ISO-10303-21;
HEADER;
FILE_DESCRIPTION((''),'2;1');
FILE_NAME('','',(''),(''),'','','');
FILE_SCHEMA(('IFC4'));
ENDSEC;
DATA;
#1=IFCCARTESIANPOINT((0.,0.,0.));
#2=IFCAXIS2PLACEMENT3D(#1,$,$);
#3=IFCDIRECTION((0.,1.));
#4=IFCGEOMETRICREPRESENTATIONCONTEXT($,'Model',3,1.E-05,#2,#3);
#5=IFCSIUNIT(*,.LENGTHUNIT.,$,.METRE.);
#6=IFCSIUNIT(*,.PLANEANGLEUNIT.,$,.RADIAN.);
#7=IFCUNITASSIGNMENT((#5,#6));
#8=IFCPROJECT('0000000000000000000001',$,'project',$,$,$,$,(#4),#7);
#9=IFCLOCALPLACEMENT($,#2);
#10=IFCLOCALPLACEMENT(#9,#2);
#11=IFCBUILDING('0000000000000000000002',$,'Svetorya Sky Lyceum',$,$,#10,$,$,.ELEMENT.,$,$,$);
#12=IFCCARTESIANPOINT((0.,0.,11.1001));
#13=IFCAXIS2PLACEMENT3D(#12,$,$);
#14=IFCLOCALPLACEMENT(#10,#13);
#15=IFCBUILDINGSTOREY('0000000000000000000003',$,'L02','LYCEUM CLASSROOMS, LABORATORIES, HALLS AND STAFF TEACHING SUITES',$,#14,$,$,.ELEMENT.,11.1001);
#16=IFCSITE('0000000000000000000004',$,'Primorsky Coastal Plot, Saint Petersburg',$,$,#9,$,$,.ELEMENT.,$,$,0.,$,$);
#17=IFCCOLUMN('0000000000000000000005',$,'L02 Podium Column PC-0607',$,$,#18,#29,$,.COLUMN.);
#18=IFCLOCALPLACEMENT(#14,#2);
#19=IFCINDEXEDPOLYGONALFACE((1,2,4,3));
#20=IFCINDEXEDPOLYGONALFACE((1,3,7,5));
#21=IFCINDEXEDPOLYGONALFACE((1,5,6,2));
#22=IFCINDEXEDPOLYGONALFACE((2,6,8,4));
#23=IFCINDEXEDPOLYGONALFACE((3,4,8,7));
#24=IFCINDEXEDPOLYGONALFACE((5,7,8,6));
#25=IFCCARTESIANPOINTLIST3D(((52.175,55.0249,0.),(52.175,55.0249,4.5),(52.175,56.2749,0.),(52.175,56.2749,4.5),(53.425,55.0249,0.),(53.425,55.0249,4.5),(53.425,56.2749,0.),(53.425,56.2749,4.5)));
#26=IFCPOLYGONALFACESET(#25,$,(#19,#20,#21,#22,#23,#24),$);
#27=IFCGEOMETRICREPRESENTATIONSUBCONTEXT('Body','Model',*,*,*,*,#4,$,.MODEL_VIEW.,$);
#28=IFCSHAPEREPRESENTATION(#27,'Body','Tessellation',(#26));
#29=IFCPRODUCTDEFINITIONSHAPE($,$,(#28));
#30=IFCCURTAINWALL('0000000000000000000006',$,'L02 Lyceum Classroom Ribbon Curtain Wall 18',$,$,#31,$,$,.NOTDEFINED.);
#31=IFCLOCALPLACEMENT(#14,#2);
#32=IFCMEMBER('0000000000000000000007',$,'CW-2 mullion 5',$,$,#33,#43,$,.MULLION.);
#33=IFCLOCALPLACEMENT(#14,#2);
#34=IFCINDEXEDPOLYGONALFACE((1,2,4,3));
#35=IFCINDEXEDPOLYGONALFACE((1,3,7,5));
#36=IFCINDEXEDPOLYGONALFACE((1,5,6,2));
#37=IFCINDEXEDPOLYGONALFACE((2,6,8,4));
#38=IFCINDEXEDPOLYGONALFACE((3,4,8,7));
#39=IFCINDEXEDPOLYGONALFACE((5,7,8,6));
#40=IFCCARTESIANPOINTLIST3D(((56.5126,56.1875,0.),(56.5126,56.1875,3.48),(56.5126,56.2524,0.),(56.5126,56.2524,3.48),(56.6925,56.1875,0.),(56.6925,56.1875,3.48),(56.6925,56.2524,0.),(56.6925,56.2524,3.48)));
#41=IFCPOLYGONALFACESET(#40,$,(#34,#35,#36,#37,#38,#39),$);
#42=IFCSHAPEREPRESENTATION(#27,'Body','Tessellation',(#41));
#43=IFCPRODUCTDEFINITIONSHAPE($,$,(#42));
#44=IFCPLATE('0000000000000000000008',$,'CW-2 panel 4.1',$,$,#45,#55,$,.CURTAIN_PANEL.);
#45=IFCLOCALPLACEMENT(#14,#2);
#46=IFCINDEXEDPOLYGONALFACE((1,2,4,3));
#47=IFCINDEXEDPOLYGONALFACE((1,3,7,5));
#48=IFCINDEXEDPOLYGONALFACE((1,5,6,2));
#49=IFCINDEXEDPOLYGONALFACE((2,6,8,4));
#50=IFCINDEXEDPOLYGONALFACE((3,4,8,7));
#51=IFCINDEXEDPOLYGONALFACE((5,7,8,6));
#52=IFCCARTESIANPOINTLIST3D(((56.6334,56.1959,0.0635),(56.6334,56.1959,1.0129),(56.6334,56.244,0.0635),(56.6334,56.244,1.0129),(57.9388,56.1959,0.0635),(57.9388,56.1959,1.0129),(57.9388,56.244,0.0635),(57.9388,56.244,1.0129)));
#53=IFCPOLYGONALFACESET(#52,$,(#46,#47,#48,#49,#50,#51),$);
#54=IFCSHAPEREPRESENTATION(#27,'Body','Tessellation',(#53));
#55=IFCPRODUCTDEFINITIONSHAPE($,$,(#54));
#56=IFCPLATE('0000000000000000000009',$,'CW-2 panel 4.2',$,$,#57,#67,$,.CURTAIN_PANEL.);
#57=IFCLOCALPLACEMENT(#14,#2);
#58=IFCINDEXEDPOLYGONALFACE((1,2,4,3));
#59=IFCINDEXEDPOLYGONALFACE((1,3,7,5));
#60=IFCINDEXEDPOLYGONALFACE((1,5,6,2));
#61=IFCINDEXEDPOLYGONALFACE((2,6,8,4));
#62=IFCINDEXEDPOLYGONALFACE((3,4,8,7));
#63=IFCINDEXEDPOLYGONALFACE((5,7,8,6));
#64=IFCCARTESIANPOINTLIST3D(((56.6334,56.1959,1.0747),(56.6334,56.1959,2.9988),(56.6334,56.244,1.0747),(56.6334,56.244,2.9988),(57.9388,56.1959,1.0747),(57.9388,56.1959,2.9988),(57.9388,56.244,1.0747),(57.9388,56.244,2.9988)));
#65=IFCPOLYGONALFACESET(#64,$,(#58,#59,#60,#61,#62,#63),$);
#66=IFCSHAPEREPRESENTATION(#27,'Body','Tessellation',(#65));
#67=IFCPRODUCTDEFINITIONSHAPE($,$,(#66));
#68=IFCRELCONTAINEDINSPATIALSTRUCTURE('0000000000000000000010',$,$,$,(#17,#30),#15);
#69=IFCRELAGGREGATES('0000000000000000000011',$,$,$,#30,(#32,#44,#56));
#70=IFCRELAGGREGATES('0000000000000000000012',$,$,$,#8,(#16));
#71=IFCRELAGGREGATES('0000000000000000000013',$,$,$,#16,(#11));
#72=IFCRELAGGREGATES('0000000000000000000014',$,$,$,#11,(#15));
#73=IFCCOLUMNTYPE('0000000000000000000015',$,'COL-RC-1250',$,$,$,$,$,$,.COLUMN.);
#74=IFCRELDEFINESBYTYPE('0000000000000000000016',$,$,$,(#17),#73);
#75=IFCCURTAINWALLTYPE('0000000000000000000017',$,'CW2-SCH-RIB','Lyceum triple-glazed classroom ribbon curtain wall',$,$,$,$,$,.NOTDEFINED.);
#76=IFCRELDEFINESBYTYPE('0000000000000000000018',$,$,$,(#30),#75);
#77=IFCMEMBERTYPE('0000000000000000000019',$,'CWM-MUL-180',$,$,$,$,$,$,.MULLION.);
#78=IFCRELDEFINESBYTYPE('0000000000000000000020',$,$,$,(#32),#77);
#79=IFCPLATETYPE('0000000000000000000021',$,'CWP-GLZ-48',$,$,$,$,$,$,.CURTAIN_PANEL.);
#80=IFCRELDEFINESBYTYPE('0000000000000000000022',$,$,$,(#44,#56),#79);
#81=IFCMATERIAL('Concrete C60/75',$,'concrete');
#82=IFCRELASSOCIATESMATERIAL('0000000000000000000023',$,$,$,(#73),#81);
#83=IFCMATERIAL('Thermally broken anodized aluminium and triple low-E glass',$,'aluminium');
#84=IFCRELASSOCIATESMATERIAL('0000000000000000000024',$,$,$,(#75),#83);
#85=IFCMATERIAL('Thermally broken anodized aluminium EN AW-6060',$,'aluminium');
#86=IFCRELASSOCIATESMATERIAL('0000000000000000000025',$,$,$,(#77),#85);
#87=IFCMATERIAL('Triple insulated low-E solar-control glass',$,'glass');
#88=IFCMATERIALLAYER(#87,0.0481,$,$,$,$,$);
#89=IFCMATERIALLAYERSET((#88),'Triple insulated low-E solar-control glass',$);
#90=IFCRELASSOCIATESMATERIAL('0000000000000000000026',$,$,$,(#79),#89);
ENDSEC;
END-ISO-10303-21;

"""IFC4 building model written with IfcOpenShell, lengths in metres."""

from ifc_helpers import new_model, si_unit, direction, frame, origin, origin_2d, place, context, subcontext, project, spatial, rectangle, extrude, material, layer, layer_set, material_profile, profile_set, type_object, element, aggregate, save


model = new_model("IFC4")

# Units and contexts
model_context = context("Model", 3, precision=1e-05, world=origin(), true_north=direction((0.0, 1.0)))
body_context = subcontext(model_context, "Body", "Model", "MODEL_VIEW")
ifc_project = project(units=[si_unit("LENGTHUNIT", "METRE"), si_unit("PLANEANGLEUNIT", "RADIAN")], contexts=[model_context])

# Site, building, storey
site_placement = place(None, origin())
site = spatial("IfcSite", under=ifc_project, at=site_placement, Name="Primorsky Coastal Plot, Saint Petersburg", CompositionType="ELEMENT", RefElevation=0.0)
building_placement = place(site_placement, origin())
building = spatial("IfcBuilding", under=site, at=building_placement, Name="Svetorya Sky Lyceum", CompositionType="ELEMENT")
storey_placement = place(building_placement, frame((0.0, 0.0, 11.1001)))
storey = spatial("IfcBuildingStorey", under=building, at=storey_placement, Name="L02", Description="LYCEUM CLASSROOMS, LABORATORIES, HALLS AND STAFF TEACHING SUITES", CompositionType="ELEMENT", Elevation=11.1001)

# Column
ifc_material_1 = material(Name="Concrete C60/75", Category="concrete")
ifc_material_profile_1 = material_profile(ifc_material_1, rectangle(XDim=1.25, YDim=1.25, at=origin_2d()), Name="RC COL 1250x1250")
ifc_profile_set_1 = profile_set([ifc_material_profile_1], Name="Concrete C60/75")
column_type = type_object("IfcColumnType", Name="COL-RC-1250", PredefinedType="COLUMN", material=ifc_profile_set_1)
column_placement = place(storey_placement, frame((52.8, 55.6499, 0.0), z_axis=(0.0, 0.0, 1.0), x_axis=(1.0, 0.0, 0.0)))
element("IfcColumn", 1, at=column_placement, inside=storey, type_object=column_type, Name="L02 Podium Column PC-0607", PredefinedType="COLUMN", context=body_context, shape_type="SweptSolid", body=[
    extrude(rectangle(XDim=1.25, YDim=1.25, at=origin_2d()), origin(), (0.0, 0.0, 1.0), 4.5),
])

# Curtain wall, member, plates
ifc_material_2 = material(Name="Thermally broken anodized aluminium and triple low-E glass", Category="aluminium")
curtain_wall_type = type_object("IfcCurtainWallType", Name="CW2-SCH-RIB", Description="Lyceum triple-glazed classroom ribbon curtain wall", PredefinedType="NOTDEFINED", material=ifc_material_2)
curtain_wall_placement = place(storey_placement, origin())
curtain_wall = element("IfcCurtainWall", 2, at=curtain_wall_placement, inside=storey, type_object=curtain_wall_type, Name="L02 Lyceum Classroom Ribbon Curtain Wall 18", PredefinedType="NOTDEFINED")
ifc_material_3 = material(Name="Thermally broken anodized aluminium EN AW-6060", Category="aluminium")
ifc_material_profile_2 = material_profile(ifc_material_3, rectangle(XDim=0.0649, YDim=0.1799, at=origin_2d()), Name="ALU MULLION 65x180")
ifc_profile_set_2 = profile_set([ifc_material_profile_2], Name="Thermally broken anodized aluminium EN AW-6060")
member_type = type_object("IfcMemberType", Name="CWM-MUL-180", PredefinedType="MULLION", material=ifc_profile_set_2)
member_placement = place(storey_placement, frame((56.6025, 56.22, 0.0), z_axis=(0.0, 0.0, 1.0), x_axis=(0.0, -1.0, 0.0)))
member = element("IfcMember", 3, at=member_placement, type_object=member_type, Name="CW-2 mullion 5", PredefinedType="MULLION", context=body_context, shape_type="SweptSolid", body=[
    extrude(rectangle(XDim=0.0649, YDim=0.1799, at=origin_2d()), origin(), (0.0, 0.0, 1.0), 3.48),
])
ifc_material_4 = material(Name="Triple insulated low-E solar-control glass", Category="glass")
ifc_layer_1 = layer(ifc_material_4, 0.0481)
ifc_layer_set_1 = layer_set([ifc_layer_1], Name="Triple insulated low-E solar-control glass")
plate_type = type_object("IfcPlateType", Name="CWP-GLZ-48", PredefinedType="CURTAIN_PANEL", material=ifc_layer_set_1)
plate_1_placement = place(storey_placement, frame((57.2861, 56.22, 0.0635), z_axis=(0.0, 0.0, 1.0), x_axis=(-1.0, 0.0, 0.0)))
plate_1 = element("IfcPlate", 4, at=plate_1_placement, type_object=plate_type, Name="CW-2 panel 4.1", PredefinedType="CURTAIN_PANEL", context=body_context, shape_type="SweptSolid", body=[
    extrude(rectangle(XDim=1.3054, YDim=0.0481, at=origin_2d()), origin(), (0.0, 0.0, 1.0), 0.9495),
])
plate_2_placement = place(storey_placement, frame((57.2861, 56.22, 1.0747), z_axis=(0.0, 0.0, 1.0), x_axis=(-1.0, 0.0, 0.0)))
plate_2 = element("IfcPlate", 5, at=plate_2_placement, type_object=plate_type, Name="CW-2 panel 4.2", PredefinedType="CURTAIN_PANEL", context=body_context, shape_type="SweptSolid", body=[
    extrude(rectangle(XDim=1.3054, YDim=0.0481, at=origin_2d()), origin(), (0.0, 0.0, 1.0), 1.9241),
])
aggregate(curtain_wall, [member, plate_1, plate_2])

save(model, "model.ifc")
